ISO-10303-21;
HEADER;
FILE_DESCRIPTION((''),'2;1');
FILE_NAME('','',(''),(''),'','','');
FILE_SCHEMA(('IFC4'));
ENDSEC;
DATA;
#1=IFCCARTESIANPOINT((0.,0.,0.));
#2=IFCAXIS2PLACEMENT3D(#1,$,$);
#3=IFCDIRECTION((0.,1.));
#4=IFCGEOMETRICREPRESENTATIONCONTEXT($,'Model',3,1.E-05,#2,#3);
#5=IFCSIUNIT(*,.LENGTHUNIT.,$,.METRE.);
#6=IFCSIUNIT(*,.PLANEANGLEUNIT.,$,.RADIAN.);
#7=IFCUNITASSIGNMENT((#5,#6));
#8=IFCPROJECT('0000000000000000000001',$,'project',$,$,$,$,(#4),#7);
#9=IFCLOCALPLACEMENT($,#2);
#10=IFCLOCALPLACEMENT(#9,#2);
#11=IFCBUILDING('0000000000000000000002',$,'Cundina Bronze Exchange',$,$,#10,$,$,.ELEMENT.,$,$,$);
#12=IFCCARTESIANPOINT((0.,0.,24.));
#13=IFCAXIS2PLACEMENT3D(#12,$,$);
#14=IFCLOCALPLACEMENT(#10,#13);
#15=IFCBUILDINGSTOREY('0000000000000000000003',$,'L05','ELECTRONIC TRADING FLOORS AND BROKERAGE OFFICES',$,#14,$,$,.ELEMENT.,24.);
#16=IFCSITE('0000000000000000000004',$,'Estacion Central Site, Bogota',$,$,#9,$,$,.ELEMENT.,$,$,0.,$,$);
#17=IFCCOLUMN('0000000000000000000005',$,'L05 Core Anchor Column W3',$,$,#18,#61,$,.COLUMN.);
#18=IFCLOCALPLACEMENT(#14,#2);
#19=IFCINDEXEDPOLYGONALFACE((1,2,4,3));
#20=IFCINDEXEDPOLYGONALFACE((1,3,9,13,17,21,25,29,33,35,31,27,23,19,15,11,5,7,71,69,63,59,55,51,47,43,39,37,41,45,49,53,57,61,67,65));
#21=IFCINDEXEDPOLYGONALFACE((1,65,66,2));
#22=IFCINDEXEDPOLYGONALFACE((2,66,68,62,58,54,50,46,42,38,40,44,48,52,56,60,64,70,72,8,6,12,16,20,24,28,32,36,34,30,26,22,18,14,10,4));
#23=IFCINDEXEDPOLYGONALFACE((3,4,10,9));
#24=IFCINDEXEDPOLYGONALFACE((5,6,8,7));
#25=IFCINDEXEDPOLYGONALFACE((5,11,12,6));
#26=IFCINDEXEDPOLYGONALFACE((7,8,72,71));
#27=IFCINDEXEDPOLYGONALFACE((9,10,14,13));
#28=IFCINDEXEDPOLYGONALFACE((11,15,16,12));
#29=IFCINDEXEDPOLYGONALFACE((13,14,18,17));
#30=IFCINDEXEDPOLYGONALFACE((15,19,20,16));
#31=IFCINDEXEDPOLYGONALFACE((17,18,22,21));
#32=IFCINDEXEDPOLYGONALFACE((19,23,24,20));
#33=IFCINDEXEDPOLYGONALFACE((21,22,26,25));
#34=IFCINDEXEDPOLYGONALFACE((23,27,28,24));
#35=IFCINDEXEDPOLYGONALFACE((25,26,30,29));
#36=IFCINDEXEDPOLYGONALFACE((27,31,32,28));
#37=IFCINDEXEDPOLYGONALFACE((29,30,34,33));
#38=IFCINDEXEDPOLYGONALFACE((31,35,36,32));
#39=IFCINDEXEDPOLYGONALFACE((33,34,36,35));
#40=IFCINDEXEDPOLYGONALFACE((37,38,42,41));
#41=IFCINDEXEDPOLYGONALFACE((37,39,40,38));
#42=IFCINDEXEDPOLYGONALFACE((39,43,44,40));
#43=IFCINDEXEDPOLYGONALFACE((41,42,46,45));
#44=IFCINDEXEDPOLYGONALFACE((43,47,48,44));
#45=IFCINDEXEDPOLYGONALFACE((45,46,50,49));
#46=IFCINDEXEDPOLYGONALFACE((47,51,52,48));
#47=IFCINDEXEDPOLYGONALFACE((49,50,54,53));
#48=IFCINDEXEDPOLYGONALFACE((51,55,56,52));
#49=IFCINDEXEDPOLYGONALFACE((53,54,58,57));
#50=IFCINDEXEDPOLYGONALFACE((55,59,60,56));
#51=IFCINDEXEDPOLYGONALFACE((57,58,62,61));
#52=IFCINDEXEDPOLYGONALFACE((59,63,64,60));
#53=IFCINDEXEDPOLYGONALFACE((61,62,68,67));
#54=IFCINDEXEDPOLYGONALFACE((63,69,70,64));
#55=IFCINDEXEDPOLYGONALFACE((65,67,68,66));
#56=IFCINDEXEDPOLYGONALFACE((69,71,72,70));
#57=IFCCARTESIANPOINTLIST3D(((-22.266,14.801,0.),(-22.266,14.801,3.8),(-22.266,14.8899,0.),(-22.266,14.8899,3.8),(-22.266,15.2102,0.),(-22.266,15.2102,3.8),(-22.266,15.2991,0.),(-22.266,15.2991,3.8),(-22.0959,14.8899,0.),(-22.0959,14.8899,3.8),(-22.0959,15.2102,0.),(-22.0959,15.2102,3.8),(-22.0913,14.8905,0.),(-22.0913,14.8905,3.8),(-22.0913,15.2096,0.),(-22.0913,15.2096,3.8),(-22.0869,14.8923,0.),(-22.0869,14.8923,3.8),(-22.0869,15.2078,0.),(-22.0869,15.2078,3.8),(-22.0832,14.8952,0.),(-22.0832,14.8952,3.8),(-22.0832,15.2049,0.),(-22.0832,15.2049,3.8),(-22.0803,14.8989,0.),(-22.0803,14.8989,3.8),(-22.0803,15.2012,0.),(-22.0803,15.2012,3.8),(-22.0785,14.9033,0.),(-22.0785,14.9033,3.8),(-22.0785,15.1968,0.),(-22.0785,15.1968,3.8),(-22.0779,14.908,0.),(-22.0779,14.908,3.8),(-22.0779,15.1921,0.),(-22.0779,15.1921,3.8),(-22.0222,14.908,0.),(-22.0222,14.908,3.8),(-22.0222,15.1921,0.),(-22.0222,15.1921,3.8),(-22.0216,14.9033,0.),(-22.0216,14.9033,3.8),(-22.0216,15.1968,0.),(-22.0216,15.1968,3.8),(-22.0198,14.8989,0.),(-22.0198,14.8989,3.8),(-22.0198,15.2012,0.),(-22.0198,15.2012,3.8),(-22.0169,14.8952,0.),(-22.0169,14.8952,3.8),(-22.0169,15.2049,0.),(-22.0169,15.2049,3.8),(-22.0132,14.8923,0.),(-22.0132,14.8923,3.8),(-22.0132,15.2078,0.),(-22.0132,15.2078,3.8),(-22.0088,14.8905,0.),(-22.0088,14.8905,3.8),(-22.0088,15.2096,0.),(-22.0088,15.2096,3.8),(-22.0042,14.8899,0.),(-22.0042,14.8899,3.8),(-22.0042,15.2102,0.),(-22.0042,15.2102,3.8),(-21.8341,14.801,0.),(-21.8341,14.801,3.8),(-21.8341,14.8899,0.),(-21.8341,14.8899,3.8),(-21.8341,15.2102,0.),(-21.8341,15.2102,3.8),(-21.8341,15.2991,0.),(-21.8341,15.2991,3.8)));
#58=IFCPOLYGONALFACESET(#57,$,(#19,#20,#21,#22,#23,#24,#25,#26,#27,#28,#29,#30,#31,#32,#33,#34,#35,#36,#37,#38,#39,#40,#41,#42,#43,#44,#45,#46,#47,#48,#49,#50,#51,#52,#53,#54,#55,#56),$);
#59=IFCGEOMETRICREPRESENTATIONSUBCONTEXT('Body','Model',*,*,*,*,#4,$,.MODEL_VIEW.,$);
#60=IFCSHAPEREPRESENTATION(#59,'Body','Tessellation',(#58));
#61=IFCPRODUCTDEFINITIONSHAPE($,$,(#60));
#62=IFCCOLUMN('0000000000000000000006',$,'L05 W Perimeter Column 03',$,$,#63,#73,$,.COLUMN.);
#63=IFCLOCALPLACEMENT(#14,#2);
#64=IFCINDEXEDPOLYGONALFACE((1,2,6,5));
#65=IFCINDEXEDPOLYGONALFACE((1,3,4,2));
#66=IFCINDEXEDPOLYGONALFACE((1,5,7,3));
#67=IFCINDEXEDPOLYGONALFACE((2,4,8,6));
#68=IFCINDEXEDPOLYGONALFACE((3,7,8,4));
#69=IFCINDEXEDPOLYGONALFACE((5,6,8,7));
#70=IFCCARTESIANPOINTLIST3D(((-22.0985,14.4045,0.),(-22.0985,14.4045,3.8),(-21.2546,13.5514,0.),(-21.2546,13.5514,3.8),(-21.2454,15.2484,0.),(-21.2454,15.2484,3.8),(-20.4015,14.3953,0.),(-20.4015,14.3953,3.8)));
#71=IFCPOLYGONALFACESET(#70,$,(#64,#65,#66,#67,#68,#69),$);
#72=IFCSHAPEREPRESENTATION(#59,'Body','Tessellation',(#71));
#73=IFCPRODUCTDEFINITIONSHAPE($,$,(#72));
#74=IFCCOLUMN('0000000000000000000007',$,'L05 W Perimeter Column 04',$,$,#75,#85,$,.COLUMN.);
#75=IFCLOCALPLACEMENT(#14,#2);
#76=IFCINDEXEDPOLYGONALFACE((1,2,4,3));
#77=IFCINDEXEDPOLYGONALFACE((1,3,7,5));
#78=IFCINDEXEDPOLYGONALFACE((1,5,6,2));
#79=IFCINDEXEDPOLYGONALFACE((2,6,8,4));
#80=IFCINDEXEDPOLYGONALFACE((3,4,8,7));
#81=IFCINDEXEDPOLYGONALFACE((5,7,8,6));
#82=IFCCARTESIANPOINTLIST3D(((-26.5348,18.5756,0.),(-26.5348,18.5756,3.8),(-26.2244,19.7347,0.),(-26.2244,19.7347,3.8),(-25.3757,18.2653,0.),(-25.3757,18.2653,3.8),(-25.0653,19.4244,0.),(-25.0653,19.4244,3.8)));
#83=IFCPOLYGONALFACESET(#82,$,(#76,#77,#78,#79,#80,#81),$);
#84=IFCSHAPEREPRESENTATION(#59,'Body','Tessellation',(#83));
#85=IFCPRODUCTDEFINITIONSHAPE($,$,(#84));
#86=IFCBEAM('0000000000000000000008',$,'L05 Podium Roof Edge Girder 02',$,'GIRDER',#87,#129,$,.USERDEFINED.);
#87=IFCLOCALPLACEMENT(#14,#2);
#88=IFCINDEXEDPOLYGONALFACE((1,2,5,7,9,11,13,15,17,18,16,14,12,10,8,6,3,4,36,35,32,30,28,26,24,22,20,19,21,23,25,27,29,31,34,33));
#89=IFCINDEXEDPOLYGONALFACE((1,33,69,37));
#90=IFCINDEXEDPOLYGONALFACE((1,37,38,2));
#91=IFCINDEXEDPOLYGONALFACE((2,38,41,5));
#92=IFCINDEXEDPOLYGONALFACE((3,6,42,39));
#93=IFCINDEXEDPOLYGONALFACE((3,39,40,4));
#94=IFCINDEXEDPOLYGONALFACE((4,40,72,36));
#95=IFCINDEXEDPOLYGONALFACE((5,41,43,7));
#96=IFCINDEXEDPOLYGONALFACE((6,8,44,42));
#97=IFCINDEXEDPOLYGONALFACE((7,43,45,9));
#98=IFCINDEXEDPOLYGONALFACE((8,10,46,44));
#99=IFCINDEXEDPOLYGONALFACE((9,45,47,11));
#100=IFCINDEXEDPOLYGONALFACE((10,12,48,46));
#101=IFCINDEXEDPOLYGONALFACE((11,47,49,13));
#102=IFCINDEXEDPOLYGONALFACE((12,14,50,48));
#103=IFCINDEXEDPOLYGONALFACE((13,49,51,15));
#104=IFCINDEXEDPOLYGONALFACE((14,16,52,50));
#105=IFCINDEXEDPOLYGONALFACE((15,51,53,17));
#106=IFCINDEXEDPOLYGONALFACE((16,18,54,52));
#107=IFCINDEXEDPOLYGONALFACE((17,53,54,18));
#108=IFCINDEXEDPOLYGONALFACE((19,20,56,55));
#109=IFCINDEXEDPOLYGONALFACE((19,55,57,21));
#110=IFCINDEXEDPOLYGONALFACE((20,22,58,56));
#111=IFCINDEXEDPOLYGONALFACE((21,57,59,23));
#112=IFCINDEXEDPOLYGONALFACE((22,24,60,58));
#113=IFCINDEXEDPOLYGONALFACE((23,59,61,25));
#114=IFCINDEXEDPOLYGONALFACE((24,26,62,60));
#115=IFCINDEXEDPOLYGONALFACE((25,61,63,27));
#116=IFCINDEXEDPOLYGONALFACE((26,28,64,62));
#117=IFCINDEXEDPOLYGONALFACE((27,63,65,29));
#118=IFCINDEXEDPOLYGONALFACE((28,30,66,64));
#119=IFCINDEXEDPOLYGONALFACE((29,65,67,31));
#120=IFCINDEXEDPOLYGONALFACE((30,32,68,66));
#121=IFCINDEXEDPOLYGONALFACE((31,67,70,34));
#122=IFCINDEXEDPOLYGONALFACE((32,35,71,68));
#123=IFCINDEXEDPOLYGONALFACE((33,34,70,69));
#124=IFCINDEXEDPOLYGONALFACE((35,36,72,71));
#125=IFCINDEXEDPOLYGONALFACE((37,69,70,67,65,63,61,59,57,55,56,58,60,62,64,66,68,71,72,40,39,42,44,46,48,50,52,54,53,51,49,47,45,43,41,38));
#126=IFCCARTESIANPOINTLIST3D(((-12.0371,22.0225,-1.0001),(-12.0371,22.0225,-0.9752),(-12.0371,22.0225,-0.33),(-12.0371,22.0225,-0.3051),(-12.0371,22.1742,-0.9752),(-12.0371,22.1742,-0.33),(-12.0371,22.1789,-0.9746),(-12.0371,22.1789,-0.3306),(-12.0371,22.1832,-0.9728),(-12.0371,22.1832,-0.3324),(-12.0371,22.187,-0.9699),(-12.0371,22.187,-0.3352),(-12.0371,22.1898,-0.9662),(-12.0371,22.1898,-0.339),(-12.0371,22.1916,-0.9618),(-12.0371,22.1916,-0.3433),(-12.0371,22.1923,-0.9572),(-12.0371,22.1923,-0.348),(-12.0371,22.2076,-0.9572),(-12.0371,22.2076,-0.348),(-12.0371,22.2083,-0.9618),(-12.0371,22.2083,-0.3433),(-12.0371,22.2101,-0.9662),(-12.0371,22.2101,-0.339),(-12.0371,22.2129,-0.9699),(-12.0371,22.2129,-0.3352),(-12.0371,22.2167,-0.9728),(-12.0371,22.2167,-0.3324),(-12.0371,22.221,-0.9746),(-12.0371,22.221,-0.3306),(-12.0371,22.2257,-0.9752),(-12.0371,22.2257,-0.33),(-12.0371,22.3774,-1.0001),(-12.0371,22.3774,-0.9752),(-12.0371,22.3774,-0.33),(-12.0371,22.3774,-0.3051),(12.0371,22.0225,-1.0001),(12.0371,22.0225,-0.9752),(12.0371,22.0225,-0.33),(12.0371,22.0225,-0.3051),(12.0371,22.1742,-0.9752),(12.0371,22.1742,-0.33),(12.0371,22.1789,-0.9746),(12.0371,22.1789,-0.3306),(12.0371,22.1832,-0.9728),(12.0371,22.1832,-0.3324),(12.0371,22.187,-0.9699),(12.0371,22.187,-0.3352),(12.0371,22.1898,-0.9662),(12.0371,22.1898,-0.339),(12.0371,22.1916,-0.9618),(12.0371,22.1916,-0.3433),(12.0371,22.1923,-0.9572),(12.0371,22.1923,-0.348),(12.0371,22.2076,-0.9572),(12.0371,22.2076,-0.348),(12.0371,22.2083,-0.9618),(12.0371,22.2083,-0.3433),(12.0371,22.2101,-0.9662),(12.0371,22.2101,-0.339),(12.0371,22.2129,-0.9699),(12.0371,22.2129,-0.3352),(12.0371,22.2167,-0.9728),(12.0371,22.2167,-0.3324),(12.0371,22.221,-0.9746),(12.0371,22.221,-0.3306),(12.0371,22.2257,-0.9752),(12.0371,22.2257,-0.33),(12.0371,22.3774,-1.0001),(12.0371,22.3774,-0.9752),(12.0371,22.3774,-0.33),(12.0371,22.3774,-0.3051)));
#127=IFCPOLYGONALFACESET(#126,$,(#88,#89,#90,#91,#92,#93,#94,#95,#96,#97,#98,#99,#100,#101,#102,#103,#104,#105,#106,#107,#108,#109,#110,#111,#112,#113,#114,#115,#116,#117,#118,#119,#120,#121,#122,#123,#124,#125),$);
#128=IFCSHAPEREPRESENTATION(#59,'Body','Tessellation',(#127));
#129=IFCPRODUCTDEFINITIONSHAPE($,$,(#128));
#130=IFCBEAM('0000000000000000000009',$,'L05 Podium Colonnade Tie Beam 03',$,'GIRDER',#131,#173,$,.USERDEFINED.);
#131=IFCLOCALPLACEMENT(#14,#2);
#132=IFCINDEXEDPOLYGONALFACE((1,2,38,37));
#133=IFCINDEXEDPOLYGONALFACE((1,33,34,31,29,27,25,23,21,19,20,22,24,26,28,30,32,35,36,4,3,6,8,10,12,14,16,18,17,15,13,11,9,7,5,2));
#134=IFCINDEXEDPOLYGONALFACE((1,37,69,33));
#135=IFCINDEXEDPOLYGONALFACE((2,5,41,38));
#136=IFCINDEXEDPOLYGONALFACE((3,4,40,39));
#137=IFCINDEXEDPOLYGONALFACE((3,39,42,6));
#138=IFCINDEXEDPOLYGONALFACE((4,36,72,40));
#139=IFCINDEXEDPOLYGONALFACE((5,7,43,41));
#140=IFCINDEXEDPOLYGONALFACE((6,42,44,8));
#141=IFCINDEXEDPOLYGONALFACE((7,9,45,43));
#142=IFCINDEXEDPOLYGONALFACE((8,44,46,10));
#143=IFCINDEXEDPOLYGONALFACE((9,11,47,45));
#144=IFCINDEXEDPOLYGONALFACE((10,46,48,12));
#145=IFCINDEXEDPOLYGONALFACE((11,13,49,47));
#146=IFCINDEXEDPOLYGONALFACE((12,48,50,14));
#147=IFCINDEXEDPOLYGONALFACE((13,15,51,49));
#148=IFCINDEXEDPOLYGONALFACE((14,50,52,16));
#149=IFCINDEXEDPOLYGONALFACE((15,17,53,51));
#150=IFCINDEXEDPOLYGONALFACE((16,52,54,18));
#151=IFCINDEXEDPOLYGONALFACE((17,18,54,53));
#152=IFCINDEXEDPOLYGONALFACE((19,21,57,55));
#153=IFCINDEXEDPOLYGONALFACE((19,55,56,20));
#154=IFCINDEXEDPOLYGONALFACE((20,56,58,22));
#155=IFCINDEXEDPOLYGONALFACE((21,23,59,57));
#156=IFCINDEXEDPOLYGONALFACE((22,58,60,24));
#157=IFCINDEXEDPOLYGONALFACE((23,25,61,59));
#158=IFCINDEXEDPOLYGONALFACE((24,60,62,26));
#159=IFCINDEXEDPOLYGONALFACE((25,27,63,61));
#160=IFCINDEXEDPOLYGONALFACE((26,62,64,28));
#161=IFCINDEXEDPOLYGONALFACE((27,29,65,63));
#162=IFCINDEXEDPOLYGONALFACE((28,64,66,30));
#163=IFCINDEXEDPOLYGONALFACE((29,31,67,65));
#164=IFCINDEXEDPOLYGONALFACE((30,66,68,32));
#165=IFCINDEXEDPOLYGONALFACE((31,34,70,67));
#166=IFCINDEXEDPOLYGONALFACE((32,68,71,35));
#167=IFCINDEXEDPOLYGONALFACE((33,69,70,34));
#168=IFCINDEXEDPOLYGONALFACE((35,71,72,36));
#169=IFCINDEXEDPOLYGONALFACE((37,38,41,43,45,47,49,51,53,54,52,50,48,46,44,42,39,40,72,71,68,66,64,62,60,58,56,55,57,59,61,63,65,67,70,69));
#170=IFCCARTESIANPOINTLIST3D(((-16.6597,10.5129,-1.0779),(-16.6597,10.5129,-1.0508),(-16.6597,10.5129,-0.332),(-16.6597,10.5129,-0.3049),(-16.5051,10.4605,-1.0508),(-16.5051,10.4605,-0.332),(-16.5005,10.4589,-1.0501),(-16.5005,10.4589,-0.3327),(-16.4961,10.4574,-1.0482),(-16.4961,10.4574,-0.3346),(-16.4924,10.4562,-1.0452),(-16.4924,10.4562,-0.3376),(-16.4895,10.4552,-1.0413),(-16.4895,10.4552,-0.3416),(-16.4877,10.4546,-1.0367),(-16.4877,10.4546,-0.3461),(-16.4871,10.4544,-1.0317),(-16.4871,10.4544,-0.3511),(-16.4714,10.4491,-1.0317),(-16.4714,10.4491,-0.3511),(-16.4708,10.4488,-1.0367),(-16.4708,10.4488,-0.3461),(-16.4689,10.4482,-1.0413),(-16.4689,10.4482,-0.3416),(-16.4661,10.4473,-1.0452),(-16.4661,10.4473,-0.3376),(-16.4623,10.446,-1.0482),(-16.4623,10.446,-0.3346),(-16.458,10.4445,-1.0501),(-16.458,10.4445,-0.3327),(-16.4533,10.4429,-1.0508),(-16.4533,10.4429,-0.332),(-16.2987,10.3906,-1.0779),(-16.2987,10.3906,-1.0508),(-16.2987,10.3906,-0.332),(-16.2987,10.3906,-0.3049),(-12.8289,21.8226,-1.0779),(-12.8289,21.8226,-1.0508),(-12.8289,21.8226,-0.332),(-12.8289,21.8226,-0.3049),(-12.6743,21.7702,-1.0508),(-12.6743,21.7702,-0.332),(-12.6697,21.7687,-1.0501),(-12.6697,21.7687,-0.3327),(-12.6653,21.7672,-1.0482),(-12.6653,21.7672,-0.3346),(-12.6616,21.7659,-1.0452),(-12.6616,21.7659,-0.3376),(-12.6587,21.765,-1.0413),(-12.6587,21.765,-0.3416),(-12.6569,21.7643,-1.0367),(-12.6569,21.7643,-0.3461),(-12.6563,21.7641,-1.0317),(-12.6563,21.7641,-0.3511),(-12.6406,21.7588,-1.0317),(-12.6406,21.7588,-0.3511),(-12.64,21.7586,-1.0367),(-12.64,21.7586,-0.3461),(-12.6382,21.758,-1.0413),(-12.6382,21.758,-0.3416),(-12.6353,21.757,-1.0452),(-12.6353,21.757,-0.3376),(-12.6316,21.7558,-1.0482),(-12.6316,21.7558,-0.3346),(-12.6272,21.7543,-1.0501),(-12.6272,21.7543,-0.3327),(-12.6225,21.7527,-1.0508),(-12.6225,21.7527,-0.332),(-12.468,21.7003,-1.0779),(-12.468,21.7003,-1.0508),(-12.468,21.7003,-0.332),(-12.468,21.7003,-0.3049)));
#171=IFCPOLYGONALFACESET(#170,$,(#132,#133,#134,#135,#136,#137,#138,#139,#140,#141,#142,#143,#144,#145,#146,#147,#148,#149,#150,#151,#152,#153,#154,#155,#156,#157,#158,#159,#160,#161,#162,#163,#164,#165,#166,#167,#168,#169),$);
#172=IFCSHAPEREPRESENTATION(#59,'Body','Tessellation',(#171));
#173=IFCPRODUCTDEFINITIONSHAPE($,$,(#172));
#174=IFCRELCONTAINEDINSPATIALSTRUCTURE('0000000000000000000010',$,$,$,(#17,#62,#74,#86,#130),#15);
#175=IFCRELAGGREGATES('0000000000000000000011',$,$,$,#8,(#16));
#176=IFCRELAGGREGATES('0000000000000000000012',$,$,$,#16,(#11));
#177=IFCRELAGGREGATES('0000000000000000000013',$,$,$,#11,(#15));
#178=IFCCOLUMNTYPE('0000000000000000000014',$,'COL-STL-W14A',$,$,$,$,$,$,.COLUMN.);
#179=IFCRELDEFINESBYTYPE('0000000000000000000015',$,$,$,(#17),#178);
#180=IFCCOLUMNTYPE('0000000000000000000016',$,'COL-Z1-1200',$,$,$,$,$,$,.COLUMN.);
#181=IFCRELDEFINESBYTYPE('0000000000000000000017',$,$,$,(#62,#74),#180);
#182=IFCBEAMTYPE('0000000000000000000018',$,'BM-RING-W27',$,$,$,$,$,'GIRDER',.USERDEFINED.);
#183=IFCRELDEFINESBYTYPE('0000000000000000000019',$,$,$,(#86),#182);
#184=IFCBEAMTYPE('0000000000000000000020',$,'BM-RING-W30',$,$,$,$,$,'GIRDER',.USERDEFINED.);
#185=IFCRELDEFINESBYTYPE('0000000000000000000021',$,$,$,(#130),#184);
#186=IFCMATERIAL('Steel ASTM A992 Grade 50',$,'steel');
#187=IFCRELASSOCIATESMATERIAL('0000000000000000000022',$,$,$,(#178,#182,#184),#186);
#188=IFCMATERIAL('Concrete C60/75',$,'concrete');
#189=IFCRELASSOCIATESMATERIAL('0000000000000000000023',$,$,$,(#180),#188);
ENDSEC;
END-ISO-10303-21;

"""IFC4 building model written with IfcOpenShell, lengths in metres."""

from ifc_helpers import new_model, si_unit, direction, frame, origin, origin_2d, place, context, subcontext, project, spatial, rectangle, i_section, extrude, material, material_profile, profile_set, type_object, element, save


model = new_model("IFC4")

# Units and contexts
model_context = context("Model", 3, precision=1e-05, world=origin(), true_north=direction((0.0, 1.0)))
body_context = subcontext(model_context, "Body", "Model", "MODEL_VIEW")
ifc_project = project(units=[si_unit("LENGTHUNIT", "METRE"), si_unit("PLANEANGLEUNIT", "RADIAN")], contexts=[model_context])

# Site, building, storey
site_placement = place(None, origin())
site = spatial("IfcSite", under=ifc_project, at=site_placement, Name="Estacion Central Site, Bogota", CompositionType="ELEMENT", RefElevation=0.0)
building_placement = place(site_placement, origin())
building = spatial("IfcBuilding", under=site, at=building_placement, Name="Cundina Bronze Exchange", CompositionType="ELEMENT")
storey_placement = place(building_placement, frame((0.0, 0.0, 24.0)))
storey = spatial("IfcBuildingStorey", under=building, at=storey_placement, Name="L05", Description="ELECTRONIC TRADING FLOORS AND BROKERAGE OFFICES", CompositionType="ELEMENT", Elevation=24.0)

# Columns
ifc_material_1 = material(Name="Steel ASTM A992 Grade 50", Category="steel")
ifc_material_profile_1 = material_profile(ifc_material_1, i_section(OverallWidth=0.4319, OverallDepth=0.498, WebThickness=0.0557, FlangeThickness=0.0889, FilletRadius=0.0181, at=origin_2d()), Name="W14X500", Category="steel")
ifc_profile_set_1 = profile_set([ifc_material_profile_1], Name="Steel ASTM A992 Grade 50")
column_type_1 = type_object("IfcColumnType", Name="COL-STL-W14A", PredefinedType="COLUMN", material=ifc_profile_set_1)
column_placement = place(storey_placement, frame((-22.05, 15.05, 0.0), z_axis=(0.0, 0.0, 1.0), x_axis=(1.0, 0.0, 0.0)))
element("IfcColumn", 1, at=column_placement, inside=storey, type_object=column_type_1, Name="L05 Core Anchor Column W3", PredefinedType="COLUMN", context=body_context, shape_type="SweptSolid", body=[
    extrude(i_section(OverallWidth=0.4319, OverallDepth=0.498, WebThickness=0.0557, FlangeThickness=0.0889, FilletRadius=0.0181, at=origin_2d()), origin(), (0.0, 0.0, 1.0), 3.8),
])
ifc_material_2 = material(Name="Concrete C60/75", Category="concrete")
ifc_material_profile_2 = material_profile(ifc_material_2, rectangle(XDim=1.2, YDim=1.2, at=origin_2d()), Name="RC1200X1200", Category="concrete")
ifc_profile_set_2 = profile_set([ifc_material_profile_2], Name="Concrete C60/75")
column_type_2 = type_object("IfcColumnType", Name="COL-Z1-1200", PredefinedType="COLUMN", material=ifc_profile_set_2)
for number, where, z_axis, x_axis, name in (
    (2, (-21.25, 14.3999, 0.0), (0.0, 0.0, 1.0), (-0.703271, 0.710922, 0.0), "L05 W Perimeter Column 03"),
    (3, (-25.8, 19.0, 0.0), (0.0, 0.0, 1.0), (-0.965971, 0.25865, 0.0), "L05 W Perimeter Column 04"),
):
    element("IfcColumn", number, at=place(storey_placement, frame(where, z_axis=z_axis, x_axis=x_axis)), inside=storey, type_object=column_type_2, Name=name, PredefinedType="COLUMN", context=body_context, shape_type="SweptSolid", body=[
        extrude(rectangle(XDim=1.2, YDim=1.2, at=origin_2d()), origin(), (0.0, 0.0, 1.0), 3.8),
    ])

# Beams
ifc_material_profile_3 = material_profile(ifc_material_1, i_section(OverallWidth=0.355, OverallDepth=0.6951, WebThickness=0.0154, FlangeThickness=0.0249, FilletRadius=0.0181, at=origin_2d()), Name="W27X146", Category="steel")
ifc_profile_set_3 = profile_set([ifc_material_profile_3], Name="Steel ASTM A992 Grade 50")
beam_type_1 = type_object("IfcBeamType", Name="BM-RING-W27", ElementType="GIRDER", PredefinedType="USERDEFINED", material=ifc_profile_set_3)
beam_1_placement = place(storey_placement, frame((-12.0371, 22.2, -0.6526), z_axis=(1.0, 0.0, 0.0), x_axis=(0.0, 1.0, 0.0)))
element("IfcBeam", 4, at=beam_1_placement, inside=storey, type_object=beam_type_1, Name="L05 Podium Roof Edge Girder 02", ObjectType="GIRDER", PredefinedType="USERDEFINED", context=body_context, shape_type="SweptSolid", body=[
    extrude(i_section(OverallWidth=0.355, OverallDepth=0.6951, WebThickness=0.0154, FlangeThickness=0.0249, FilletRadius=0.0181, at=origin_2d()), origin(), (0.0, 0.0, 1.0), 24.0742),
])
ifc_material_profile_4 = material_profile(ifc_material_1, i_section(OverallWidth=0.3811, OverallDepth=0.7729, WebThickness=0.0166, FlangeThickness=0.0271, FilletRadius=0.019, at=origin_2d()), Name="W30X173", Category="steel")
ifc_profile_set_4 = profile_set([ifc_material_profile_4], Name="Steel ASTM A992 Grade 50")
beam_type_2 = type_object("IfcBeamType", Name="BM-RING-W30", ElementType="GIRDER", PredefinedType="USERDEFINED", material=ifc_profile_set_4)
beam_2_placement = place(storey_placement, frame((-12.6484, 21.7615, -0.6914), z_axis=(-0.320812, -0.947143, 0.0), x_axis=(0.947143, -0.320812, 0.0)))
element("IfcBeam", 5, at=beam_2_placement, inside=storey, type_object=beam_type_2, Name="L05 Podium Colonnade Tie Beam 03", ObjectType="GIRDER", PredefinedType="USERDEFINED", context=body_context, shape_type="SweptSolid", body=[
    extrude(i_section(OverallWidth=0.3811, OverallDepth=0.7729, WebThickness=0.0166, FlangeThickness=0.0271, FilletRadius=0.019, at=origin_2d()), origin(), (0.0, 0.0, 1.0), 11.9409),
])

save(model, "model.ifc")
